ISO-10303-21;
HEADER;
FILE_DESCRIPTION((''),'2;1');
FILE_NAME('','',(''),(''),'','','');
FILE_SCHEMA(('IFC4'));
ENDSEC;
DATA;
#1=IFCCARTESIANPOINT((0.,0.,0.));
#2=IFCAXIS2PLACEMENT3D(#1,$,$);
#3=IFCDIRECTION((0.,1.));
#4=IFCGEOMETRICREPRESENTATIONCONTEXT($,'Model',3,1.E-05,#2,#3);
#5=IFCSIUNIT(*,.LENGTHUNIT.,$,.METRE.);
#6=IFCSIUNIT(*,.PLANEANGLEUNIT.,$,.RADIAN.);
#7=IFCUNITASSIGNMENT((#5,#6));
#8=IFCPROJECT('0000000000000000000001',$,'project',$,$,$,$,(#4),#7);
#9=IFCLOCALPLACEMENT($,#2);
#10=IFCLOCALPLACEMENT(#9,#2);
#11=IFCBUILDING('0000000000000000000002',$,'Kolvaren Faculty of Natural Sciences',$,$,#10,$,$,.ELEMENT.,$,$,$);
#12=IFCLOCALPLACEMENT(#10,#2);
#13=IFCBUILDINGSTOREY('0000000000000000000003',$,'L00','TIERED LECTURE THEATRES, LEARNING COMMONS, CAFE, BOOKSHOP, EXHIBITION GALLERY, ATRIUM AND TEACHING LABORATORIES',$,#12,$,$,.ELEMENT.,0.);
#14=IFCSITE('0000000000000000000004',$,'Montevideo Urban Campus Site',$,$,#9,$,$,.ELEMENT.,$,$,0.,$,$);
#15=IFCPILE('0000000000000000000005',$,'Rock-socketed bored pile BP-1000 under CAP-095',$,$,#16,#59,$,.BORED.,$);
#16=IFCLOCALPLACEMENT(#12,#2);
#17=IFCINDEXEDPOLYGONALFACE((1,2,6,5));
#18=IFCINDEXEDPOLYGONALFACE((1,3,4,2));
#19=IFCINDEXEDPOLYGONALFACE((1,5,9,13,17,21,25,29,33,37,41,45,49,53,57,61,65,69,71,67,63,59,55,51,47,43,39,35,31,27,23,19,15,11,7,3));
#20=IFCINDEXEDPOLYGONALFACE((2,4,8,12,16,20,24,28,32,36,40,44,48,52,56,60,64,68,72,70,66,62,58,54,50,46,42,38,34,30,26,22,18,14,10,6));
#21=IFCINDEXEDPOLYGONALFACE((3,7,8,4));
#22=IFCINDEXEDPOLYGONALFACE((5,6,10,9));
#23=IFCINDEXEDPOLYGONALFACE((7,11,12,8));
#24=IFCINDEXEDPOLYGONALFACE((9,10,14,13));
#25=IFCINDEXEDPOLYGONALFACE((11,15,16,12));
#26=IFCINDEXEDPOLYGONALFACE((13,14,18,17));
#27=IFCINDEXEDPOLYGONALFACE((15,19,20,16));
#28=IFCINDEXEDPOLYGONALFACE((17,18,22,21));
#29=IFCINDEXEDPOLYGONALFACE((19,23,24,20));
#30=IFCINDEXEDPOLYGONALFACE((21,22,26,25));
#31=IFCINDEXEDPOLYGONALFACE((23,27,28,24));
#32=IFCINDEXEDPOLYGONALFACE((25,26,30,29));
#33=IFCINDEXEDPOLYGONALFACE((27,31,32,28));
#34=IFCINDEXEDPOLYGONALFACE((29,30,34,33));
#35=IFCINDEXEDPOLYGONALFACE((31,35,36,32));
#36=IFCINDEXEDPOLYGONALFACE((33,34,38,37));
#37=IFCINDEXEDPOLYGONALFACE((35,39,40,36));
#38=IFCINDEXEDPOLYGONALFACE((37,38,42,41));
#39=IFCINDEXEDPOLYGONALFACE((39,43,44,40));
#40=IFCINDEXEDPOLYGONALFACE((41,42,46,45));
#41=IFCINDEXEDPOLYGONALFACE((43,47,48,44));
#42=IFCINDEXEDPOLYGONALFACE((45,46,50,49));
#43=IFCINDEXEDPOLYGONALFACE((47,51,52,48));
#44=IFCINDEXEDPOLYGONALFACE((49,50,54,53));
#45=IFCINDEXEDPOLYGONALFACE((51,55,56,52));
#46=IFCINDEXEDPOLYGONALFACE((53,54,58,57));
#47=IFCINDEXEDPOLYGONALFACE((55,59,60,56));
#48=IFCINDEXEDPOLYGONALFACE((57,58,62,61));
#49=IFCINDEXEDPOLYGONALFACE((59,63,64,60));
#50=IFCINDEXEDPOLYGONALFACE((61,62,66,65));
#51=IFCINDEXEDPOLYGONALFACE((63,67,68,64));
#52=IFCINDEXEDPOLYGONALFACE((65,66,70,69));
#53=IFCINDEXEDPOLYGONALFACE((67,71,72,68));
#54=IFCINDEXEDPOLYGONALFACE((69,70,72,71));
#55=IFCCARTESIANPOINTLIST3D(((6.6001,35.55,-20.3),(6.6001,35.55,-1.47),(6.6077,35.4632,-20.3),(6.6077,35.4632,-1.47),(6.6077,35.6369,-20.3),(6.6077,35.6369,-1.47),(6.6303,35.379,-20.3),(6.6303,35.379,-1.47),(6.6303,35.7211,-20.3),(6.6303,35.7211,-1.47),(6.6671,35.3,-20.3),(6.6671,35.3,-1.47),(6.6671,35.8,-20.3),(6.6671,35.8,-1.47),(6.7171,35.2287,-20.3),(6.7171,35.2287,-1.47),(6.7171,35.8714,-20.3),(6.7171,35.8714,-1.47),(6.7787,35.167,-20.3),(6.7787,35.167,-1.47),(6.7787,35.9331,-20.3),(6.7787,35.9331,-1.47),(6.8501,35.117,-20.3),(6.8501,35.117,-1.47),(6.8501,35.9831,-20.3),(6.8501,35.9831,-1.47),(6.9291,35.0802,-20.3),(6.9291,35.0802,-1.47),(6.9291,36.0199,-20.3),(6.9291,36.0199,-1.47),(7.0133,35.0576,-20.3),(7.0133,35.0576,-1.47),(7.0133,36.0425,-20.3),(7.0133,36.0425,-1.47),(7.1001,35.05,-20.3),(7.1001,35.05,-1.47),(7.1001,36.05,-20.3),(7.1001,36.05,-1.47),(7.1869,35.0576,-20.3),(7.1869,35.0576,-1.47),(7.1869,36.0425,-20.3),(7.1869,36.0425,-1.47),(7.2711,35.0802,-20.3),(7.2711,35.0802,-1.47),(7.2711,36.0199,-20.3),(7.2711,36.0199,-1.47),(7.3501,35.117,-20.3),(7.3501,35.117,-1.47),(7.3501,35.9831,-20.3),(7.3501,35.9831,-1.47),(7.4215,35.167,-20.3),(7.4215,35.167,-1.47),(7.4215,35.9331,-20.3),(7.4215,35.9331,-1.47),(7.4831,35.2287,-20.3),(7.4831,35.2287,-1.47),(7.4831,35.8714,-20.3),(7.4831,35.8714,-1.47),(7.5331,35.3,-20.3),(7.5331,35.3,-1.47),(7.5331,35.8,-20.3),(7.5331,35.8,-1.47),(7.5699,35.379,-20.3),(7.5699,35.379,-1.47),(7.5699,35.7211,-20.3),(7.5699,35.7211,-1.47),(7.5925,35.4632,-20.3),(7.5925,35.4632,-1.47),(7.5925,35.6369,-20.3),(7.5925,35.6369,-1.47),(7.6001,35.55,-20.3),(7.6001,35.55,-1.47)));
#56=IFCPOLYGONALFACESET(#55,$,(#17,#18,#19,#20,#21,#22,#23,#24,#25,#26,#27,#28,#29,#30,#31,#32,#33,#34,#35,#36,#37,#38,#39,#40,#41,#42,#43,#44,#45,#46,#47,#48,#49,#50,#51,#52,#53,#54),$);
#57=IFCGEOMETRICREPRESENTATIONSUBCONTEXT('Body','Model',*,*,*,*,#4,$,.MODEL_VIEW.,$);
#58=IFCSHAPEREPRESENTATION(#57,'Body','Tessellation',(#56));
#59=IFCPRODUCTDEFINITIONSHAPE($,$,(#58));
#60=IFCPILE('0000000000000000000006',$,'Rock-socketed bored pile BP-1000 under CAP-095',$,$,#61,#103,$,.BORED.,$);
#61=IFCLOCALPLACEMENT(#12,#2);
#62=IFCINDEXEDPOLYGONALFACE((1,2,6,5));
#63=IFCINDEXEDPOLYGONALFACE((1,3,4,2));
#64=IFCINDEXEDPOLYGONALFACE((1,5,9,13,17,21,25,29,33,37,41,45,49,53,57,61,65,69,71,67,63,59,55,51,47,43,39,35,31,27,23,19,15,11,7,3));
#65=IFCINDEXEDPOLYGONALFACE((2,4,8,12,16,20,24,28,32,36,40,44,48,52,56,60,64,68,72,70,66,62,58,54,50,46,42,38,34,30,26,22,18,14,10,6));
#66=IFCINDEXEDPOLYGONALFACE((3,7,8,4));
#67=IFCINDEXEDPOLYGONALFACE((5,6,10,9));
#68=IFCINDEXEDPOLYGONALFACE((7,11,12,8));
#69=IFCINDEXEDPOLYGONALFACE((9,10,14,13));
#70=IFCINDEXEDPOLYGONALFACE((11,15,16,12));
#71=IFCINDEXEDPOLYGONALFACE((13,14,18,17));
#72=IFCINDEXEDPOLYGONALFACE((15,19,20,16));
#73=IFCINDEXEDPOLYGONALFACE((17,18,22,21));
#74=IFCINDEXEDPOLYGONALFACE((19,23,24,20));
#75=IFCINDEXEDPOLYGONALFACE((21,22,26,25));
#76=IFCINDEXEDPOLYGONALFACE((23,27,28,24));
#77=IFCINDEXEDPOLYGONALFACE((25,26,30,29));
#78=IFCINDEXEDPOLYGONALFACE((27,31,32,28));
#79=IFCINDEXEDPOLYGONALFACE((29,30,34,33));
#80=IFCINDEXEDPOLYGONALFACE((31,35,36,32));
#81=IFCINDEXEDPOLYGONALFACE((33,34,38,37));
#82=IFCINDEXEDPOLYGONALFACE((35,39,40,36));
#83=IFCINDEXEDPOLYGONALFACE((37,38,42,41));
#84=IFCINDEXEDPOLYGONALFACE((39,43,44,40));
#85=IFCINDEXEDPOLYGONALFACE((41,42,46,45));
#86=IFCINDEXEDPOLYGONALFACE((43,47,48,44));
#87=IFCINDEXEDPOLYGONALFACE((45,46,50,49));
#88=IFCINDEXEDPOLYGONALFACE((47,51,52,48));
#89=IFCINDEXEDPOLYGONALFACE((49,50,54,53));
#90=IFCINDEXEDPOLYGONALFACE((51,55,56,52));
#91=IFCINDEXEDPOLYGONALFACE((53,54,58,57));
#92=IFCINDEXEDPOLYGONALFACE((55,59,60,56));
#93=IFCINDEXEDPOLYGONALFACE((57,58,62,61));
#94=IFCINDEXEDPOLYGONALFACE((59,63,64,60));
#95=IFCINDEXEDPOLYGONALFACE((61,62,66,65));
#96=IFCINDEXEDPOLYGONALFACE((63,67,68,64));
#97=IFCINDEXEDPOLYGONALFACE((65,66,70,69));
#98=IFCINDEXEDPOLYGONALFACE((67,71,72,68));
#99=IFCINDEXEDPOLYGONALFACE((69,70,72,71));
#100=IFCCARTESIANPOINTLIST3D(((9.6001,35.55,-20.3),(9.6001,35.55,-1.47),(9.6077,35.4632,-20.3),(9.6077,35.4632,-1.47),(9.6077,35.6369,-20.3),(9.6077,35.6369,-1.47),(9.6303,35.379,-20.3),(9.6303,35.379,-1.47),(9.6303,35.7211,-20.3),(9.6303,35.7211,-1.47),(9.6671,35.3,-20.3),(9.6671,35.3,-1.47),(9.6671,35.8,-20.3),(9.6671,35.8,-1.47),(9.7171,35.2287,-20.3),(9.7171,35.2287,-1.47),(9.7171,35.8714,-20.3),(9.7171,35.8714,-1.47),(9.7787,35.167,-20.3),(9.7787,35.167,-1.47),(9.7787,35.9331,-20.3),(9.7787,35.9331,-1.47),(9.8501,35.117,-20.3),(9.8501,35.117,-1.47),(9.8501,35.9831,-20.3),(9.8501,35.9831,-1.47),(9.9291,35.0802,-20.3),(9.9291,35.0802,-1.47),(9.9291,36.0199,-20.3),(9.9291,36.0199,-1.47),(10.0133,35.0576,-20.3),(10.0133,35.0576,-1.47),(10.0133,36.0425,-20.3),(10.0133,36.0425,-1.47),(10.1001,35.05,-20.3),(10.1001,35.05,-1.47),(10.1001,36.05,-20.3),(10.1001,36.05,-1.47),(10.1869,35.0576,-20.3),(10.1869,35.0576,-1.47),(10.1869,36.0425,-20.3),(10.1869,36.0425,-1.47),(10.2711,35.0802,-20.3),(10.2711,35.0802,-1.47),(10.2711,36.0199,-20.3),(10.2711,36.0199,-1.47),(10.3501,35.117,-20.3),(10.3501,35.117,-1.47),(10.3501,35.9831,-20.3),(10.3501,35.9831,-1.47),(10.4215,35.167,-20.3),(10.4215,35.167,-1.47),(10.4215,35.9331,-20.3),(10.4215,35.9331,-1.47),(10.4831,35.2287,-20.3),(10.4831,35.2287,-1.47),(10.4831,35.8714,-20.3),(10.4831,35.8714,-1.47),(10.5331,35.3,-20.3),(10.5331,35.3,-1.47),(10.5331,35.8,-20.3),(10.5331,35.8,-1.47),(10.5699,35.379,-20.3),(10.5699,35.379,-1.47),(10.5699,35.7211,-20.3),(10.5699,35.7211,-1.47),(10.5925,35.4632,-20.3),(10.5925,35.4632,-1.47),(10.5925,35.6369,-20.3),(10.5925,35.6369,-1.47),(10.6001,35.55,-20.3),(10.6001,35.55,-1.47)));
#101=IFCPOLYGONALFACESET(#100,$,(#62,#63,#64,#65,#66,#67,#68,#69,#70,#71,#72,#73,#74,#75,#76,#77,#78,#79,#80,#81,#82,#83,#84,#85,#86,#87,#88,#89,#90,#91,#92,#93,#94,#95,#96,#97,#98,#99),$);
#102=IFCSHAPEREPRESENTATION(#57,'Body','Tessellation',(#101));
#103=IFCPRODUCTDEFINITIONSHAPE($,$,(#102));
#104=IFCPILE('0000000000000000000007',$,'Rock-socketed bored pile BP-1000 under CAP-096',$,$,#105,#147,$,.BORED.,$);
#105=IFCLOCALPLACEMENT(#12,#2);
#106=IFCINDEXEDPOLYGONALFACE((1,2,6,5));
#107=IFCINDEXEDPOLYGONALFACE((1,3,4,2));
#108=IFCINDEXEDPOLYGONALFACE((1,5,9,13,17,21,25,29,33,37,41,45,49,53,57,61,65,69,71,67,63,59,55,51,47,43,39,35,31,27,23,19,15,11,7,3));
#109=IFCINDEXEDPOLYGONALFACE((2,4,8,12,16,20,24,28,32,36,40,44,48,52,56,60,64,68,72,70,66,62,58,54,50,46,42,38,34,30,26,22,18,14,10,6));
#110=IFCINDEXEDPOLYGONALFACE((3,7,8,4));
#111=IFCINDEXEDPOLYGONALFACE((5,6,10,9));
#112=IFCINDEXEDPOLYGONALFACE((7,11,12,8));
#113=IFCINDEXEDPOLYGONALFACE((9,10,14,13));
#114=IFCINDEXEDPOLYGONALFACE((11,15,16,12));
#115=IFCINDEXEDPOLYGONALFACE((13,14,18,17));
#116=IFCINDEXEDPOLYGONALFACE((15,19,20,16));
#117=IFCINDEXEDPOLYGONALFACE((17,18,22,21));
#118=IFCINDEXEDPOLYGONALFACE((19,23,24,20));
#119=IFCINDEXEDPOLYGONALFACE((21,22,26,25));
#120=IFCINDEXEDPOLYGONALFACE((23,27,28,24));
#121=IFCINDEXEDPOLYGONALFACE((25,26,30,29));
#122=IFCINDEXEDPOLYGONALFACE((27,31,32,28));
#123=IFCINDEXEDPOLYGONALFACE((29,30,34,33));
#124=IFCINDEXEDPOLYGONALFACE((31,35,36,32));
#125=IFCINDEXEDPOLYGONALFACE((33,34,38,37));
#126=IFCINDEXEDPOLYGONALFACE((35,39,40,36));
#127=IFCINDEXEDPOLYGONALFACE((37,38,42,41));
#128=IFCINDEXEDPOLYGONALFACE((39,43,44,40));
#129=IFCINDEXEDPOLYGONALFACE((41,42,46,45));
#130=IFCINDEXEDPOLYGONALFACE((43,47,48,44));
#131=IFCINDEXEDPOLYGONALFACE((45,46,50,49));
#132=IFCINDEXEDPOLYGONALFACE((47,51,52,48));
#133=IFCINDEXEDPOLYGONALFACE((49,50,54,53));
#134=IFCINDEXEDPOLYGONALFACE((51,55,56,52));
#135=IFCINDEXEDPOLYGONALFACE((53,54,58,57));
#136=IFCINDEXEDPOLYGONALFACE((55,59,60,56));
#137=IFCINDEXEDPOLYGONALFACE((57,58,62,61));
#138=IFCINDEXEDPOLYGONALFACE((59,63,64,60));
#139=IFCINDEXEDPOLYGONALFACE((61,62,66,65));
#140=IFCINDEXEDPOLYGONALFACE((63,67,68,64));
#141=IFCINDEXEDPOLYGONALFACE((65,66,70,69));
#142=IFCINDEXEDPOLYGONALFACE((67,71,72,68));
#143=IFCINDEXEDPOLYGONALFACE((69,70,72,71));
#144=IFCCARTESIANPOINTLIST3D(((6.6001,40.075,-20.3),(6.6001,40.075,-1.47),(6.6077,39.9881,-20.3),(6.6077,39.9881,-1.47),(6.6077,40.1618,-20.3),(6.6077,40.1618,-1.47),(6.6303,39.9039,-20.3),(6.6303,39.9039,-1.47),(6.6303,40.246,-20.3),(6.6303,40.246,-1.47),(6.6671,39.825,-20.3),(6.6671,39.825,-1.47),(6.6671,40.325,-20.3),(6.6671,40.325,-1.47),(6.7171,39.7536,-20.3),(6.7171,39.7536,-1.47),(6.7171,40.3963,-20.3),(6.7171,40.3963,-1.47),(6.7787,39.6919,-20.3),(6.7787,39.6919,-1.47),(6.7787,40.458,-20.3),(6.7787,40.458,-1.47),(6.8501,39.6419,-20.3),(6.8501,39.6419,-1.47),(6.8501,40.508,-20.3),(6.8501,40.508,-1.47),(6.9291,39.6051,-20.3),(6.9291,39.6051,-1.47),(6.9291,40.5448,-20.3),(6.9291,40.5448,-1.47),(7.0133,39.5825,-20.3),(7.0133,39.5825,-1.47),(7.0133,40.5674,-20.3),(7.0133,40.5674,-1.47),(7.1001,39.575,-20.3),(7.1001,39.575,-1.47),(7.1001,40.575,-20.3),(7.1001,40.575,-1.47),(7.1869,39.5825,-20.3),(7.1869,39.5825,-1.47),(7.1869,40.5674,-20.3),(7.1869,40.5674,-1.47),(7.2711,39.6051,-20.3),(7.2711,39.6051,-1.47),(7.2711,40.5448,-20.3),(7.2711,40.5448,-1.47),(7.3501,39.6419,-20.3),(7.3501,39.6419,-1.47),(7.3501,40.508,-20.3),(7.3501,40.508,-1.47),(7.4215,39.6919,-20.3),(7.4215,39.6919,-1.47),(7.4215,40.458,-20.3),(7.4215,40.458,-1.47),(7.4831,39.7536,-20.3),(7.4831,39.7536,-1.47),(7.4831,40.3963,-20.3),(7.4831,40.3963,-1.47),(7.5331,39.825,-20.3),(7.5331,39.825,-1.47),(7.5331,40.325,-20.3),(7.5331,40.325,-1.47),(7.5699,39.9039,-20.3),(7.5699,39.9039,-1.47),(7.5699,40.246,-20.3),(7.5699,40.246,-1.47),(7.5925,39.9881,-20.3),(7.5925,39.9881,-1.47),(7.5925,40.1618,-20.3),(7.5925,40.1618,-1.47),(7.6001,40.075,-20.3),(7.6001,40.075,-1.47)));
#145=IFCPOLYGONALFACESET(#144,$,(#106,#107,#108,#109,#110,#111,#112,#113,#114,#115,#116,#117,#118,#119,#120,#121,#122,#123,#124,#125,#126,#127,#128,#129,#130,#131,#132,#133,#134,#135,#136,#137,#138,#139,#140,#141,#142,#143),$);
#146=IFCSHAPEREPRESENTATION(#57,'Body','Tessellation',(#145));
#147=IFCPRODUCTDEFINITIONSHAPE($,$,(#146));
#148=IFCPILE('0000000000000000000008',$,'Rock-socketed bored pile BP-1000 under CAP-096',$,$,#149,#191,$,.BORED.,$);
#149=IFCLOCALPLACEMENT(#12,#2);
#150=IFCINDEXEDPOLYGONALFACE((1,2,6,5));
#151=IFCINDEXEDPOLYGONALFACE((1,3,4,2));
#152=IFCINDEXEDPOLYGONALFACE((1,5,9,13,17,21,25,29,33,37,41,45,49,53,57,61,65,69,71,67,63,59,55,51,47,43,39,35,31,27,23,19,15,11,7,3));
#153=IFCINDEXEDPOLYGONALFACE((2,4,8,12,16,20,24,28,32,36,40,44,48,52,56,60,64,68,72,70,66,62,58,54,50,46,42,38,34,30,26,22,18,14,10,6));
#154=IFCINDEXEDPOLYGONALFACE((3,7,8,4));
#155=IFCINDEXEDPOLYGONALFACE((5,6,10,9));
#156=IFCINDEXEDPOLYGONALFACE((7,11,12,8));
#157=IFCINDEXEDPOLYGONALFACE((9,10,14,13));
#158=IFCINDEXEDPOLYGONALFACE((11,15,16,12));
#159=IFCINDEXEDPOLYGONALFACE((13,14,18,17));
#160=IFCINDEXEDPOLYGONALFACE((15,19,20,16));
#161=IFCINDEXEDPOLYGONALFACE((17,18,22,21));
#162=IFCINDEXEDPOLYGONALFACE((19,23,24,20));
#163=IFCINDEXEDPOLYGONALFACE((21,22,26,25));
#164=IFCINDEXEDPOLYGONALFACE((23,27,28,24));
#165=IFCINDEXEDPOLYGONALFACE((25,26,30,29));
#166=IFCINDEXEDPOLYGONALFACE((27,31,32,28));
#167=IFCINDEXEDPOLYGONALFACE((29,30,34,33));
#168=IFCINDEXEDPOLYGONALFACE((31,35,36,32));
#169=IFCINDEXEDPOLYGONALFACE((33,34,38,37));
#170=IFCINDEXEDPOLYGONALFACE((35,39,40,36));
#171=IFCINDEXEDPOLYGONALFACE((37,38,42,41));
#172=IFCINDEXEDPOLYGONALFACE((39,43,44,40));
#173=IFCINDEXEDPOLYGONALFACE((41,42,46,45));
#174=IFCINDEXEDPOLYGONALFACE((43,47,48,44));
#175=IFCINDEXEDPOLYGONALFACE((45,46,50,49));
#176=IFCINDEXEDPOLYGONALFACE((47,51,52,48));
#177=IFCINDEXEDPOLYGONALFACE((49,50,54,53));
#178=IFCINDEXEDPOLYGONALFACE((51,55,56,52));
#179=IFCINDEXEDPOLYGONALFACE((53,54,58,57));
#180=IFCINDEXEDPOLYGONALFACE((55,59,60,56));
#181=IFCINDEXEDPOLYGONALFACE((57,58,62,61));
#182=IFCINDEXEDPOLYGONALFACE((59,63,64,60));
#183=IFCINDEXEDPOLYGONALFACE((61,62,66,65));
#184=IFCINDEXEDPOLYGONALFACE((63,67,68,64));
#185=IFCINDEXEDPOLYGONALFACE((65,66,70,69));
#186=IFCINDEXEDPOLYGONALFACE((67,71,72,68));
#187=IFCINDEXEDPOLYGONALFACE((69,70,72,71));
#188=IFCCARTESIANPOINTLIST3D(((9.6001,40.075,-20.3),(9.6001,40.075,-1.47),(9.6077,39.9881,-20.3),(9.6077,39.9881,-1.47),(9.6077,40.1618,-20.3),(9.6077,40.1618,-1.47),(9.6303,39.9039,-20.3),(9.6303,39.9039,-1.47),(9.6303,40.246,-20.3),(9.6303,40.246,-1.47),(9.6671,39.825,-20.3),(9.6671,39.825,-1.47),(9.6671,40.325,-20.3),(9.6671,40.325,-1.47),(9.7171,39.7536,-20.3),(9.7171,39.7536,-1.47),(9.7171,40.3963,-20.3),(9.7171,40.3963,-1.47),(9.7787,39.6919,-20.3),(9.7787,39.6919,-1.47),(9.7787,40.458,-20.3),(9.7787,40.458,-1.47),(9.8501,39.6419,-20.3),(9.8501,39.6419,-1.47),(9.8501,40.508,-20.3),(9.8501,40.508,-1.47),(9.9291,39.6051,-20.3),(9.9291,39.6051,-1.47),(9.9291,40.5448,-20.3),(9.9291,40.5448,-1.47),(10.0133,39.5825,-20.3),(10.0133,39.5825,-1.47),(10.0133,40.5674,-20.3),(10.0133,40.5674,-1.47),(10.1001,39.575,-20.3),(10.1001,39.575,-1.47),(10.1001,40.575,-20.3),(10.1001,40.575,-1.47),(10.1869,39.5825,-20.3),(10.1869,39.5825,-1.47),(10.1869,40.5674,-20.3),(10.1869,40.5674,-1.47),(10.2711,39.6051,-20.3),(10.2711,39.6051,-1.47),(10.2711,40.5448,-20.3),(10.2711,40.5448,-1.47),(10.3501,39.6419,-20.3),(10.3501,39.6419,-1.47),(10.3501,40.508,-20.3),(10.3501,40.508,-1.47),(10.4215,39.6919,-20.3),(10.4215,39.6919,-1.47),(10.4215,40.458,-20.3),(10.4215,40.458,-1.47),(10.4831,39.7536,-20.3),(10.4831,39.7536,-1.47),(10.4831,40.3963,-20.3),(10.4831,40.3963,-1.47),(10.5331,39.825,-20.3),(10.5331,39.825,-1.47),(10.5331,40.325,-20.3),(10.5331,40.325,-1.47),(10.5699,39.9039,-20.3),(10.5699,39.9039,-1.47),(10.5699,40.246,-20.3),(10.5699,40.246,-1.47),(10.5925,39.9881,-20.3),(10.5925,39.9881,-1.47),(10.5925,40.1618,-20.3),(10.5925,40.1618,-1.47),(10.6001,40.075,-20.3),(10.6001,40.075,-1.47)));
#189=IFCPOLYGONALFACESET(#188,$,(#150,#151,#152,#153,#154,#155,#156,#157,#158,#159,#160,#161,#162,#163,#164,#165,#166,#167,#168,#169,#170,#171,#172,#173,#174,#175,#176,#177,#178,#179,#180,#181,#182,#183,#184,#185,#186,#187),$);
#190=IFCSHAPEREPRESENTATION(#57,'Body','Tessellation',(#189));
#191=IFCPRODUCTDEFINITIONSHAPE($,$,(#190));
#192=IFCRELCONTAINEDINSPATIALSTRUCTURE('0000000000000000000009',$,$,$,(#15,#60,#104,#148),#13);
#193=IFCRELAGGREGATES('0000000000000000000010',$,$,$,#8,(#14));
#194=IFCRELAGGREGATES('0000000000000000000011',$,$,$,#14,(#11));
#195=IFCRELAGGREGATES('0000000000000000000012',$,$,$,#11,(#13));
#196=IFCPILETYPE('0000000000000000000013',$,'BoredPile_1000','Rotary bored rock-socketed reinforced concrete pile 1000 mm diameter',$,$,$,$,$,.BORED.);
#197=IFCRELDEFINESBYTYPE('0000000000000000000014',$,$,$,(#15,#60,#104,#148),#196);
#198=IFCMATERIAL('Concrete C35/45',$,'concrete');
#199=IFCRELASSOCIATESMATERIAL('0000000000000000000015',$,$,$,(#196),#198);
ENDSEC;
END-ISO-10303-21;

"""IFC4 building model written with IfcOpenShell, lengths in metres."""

from ifc_helpers import new_model, si_unit, direction, frame, origin, origin_2d, place, context, subcontext, project, spatial, circle, extrude, material, material_profile, profile_set, type_object, element, save


model = new_model("IFC4")

# Units and contexts
model_context = context("Model", 3, precision=1e-05, world=origin(), true_north=direction((0.0, 1.0)))
body_context = subcontext(model_context, "Body", "Model", "MODEL_VIEW")
ifc_project = project(units=[si_unit("LENGTHUNIT", "METRE"), si_unit("PLANEANGLEUNIT", "RADIAN")], contexts=[model_context])

# Site, building, storey
site_placement = place(None, origin())
site = spatial("IfcSite", under=ifc_project, at=site_placement, Name="Montevideo Urban Campus Site", CompositionType="ELEMENT", RefElevation=0.0)
building_placement = place(site_placement, origin())
building = spatial("IfcBuilding", under=site, at=building_placement, Name="Kolvaren Faculty of Natural Sciences", CompositionType="ELEMENT")
storey_placement = place(building_placement, origin())
storey = spatial("IfcBuildingStorey", under=building, at=storey_placement, Name="L00", Description="TIERED LECTURE THEATRES, LEARNING COMMONS, CAFE, BOOKSHOP, EXHIBITION GALLERY, ATRIUM AND TEACHING LABORATORIES", CompositionType="ELEMENT", Elevation=0.0)

# Piles
ifc_material_1 = material(Name="Concrete C35/45", Category="concrete")
ifc_material_profile_1 = material_profile(ifc_material_1, circle(Radius=0.5, at=origin_2d()), Name="PILE D1000")
ifc_profile_set_1 = profile_set([ifc_material_profile_1], Name="Concrete C35/45")
pile_type_1 = type_object("IfcPileType", Name="BoredPile_1000", Description="Rotary bored rock-socketed reinforced concrete pile 1000 mm diameter", PredefinedType="BORED", material=ifc_profile_set_1)
for number, where, z_axis, x_axis, name in (
    (1, (7.1001, 35.55, -1.47), (0.0, 0.0, -1.0), (1.0, 0.0, 0.0), "Rock-socketed bored pile BP-1000 under CAP-095"),
    (2, (10.1001, 35.55, -1.47), (0.0, 0.0, -1.0), (1.0, 0.0, 0.0), "Rock-socketed bored pile BP-1000 under CAP-095"),
    (3, (7.1001, 40.075, -1.47), (0.0, 0.0, -1.0), (1.0, 0.0, 0.0), "Rock-socketed bored pile BP-1000 under CAP-096"),
    (4, (10.1001, 40.075, -1.47), (0.0, 0.0, -1.0), (1.0, 0.0, 0.0), "Rock-socketed bored pile BP-1000 under CAP-096"),
):
    element("IfcPile", number, at=place(storey_placement, frame(where, z_axis=z_axis, x_axis=x_axis)), inside=storey, type_object=pile_type_1, Name=name, PredefinedType="BORED", context=body_context, shape_type="SweptSolid", body=[
        extrude(circle(Radius=0.5, at=origin_2d()), origin(), (0.0, 0.0, 1.0), 18.8301),
    ])

save(model, "model.ifc")
